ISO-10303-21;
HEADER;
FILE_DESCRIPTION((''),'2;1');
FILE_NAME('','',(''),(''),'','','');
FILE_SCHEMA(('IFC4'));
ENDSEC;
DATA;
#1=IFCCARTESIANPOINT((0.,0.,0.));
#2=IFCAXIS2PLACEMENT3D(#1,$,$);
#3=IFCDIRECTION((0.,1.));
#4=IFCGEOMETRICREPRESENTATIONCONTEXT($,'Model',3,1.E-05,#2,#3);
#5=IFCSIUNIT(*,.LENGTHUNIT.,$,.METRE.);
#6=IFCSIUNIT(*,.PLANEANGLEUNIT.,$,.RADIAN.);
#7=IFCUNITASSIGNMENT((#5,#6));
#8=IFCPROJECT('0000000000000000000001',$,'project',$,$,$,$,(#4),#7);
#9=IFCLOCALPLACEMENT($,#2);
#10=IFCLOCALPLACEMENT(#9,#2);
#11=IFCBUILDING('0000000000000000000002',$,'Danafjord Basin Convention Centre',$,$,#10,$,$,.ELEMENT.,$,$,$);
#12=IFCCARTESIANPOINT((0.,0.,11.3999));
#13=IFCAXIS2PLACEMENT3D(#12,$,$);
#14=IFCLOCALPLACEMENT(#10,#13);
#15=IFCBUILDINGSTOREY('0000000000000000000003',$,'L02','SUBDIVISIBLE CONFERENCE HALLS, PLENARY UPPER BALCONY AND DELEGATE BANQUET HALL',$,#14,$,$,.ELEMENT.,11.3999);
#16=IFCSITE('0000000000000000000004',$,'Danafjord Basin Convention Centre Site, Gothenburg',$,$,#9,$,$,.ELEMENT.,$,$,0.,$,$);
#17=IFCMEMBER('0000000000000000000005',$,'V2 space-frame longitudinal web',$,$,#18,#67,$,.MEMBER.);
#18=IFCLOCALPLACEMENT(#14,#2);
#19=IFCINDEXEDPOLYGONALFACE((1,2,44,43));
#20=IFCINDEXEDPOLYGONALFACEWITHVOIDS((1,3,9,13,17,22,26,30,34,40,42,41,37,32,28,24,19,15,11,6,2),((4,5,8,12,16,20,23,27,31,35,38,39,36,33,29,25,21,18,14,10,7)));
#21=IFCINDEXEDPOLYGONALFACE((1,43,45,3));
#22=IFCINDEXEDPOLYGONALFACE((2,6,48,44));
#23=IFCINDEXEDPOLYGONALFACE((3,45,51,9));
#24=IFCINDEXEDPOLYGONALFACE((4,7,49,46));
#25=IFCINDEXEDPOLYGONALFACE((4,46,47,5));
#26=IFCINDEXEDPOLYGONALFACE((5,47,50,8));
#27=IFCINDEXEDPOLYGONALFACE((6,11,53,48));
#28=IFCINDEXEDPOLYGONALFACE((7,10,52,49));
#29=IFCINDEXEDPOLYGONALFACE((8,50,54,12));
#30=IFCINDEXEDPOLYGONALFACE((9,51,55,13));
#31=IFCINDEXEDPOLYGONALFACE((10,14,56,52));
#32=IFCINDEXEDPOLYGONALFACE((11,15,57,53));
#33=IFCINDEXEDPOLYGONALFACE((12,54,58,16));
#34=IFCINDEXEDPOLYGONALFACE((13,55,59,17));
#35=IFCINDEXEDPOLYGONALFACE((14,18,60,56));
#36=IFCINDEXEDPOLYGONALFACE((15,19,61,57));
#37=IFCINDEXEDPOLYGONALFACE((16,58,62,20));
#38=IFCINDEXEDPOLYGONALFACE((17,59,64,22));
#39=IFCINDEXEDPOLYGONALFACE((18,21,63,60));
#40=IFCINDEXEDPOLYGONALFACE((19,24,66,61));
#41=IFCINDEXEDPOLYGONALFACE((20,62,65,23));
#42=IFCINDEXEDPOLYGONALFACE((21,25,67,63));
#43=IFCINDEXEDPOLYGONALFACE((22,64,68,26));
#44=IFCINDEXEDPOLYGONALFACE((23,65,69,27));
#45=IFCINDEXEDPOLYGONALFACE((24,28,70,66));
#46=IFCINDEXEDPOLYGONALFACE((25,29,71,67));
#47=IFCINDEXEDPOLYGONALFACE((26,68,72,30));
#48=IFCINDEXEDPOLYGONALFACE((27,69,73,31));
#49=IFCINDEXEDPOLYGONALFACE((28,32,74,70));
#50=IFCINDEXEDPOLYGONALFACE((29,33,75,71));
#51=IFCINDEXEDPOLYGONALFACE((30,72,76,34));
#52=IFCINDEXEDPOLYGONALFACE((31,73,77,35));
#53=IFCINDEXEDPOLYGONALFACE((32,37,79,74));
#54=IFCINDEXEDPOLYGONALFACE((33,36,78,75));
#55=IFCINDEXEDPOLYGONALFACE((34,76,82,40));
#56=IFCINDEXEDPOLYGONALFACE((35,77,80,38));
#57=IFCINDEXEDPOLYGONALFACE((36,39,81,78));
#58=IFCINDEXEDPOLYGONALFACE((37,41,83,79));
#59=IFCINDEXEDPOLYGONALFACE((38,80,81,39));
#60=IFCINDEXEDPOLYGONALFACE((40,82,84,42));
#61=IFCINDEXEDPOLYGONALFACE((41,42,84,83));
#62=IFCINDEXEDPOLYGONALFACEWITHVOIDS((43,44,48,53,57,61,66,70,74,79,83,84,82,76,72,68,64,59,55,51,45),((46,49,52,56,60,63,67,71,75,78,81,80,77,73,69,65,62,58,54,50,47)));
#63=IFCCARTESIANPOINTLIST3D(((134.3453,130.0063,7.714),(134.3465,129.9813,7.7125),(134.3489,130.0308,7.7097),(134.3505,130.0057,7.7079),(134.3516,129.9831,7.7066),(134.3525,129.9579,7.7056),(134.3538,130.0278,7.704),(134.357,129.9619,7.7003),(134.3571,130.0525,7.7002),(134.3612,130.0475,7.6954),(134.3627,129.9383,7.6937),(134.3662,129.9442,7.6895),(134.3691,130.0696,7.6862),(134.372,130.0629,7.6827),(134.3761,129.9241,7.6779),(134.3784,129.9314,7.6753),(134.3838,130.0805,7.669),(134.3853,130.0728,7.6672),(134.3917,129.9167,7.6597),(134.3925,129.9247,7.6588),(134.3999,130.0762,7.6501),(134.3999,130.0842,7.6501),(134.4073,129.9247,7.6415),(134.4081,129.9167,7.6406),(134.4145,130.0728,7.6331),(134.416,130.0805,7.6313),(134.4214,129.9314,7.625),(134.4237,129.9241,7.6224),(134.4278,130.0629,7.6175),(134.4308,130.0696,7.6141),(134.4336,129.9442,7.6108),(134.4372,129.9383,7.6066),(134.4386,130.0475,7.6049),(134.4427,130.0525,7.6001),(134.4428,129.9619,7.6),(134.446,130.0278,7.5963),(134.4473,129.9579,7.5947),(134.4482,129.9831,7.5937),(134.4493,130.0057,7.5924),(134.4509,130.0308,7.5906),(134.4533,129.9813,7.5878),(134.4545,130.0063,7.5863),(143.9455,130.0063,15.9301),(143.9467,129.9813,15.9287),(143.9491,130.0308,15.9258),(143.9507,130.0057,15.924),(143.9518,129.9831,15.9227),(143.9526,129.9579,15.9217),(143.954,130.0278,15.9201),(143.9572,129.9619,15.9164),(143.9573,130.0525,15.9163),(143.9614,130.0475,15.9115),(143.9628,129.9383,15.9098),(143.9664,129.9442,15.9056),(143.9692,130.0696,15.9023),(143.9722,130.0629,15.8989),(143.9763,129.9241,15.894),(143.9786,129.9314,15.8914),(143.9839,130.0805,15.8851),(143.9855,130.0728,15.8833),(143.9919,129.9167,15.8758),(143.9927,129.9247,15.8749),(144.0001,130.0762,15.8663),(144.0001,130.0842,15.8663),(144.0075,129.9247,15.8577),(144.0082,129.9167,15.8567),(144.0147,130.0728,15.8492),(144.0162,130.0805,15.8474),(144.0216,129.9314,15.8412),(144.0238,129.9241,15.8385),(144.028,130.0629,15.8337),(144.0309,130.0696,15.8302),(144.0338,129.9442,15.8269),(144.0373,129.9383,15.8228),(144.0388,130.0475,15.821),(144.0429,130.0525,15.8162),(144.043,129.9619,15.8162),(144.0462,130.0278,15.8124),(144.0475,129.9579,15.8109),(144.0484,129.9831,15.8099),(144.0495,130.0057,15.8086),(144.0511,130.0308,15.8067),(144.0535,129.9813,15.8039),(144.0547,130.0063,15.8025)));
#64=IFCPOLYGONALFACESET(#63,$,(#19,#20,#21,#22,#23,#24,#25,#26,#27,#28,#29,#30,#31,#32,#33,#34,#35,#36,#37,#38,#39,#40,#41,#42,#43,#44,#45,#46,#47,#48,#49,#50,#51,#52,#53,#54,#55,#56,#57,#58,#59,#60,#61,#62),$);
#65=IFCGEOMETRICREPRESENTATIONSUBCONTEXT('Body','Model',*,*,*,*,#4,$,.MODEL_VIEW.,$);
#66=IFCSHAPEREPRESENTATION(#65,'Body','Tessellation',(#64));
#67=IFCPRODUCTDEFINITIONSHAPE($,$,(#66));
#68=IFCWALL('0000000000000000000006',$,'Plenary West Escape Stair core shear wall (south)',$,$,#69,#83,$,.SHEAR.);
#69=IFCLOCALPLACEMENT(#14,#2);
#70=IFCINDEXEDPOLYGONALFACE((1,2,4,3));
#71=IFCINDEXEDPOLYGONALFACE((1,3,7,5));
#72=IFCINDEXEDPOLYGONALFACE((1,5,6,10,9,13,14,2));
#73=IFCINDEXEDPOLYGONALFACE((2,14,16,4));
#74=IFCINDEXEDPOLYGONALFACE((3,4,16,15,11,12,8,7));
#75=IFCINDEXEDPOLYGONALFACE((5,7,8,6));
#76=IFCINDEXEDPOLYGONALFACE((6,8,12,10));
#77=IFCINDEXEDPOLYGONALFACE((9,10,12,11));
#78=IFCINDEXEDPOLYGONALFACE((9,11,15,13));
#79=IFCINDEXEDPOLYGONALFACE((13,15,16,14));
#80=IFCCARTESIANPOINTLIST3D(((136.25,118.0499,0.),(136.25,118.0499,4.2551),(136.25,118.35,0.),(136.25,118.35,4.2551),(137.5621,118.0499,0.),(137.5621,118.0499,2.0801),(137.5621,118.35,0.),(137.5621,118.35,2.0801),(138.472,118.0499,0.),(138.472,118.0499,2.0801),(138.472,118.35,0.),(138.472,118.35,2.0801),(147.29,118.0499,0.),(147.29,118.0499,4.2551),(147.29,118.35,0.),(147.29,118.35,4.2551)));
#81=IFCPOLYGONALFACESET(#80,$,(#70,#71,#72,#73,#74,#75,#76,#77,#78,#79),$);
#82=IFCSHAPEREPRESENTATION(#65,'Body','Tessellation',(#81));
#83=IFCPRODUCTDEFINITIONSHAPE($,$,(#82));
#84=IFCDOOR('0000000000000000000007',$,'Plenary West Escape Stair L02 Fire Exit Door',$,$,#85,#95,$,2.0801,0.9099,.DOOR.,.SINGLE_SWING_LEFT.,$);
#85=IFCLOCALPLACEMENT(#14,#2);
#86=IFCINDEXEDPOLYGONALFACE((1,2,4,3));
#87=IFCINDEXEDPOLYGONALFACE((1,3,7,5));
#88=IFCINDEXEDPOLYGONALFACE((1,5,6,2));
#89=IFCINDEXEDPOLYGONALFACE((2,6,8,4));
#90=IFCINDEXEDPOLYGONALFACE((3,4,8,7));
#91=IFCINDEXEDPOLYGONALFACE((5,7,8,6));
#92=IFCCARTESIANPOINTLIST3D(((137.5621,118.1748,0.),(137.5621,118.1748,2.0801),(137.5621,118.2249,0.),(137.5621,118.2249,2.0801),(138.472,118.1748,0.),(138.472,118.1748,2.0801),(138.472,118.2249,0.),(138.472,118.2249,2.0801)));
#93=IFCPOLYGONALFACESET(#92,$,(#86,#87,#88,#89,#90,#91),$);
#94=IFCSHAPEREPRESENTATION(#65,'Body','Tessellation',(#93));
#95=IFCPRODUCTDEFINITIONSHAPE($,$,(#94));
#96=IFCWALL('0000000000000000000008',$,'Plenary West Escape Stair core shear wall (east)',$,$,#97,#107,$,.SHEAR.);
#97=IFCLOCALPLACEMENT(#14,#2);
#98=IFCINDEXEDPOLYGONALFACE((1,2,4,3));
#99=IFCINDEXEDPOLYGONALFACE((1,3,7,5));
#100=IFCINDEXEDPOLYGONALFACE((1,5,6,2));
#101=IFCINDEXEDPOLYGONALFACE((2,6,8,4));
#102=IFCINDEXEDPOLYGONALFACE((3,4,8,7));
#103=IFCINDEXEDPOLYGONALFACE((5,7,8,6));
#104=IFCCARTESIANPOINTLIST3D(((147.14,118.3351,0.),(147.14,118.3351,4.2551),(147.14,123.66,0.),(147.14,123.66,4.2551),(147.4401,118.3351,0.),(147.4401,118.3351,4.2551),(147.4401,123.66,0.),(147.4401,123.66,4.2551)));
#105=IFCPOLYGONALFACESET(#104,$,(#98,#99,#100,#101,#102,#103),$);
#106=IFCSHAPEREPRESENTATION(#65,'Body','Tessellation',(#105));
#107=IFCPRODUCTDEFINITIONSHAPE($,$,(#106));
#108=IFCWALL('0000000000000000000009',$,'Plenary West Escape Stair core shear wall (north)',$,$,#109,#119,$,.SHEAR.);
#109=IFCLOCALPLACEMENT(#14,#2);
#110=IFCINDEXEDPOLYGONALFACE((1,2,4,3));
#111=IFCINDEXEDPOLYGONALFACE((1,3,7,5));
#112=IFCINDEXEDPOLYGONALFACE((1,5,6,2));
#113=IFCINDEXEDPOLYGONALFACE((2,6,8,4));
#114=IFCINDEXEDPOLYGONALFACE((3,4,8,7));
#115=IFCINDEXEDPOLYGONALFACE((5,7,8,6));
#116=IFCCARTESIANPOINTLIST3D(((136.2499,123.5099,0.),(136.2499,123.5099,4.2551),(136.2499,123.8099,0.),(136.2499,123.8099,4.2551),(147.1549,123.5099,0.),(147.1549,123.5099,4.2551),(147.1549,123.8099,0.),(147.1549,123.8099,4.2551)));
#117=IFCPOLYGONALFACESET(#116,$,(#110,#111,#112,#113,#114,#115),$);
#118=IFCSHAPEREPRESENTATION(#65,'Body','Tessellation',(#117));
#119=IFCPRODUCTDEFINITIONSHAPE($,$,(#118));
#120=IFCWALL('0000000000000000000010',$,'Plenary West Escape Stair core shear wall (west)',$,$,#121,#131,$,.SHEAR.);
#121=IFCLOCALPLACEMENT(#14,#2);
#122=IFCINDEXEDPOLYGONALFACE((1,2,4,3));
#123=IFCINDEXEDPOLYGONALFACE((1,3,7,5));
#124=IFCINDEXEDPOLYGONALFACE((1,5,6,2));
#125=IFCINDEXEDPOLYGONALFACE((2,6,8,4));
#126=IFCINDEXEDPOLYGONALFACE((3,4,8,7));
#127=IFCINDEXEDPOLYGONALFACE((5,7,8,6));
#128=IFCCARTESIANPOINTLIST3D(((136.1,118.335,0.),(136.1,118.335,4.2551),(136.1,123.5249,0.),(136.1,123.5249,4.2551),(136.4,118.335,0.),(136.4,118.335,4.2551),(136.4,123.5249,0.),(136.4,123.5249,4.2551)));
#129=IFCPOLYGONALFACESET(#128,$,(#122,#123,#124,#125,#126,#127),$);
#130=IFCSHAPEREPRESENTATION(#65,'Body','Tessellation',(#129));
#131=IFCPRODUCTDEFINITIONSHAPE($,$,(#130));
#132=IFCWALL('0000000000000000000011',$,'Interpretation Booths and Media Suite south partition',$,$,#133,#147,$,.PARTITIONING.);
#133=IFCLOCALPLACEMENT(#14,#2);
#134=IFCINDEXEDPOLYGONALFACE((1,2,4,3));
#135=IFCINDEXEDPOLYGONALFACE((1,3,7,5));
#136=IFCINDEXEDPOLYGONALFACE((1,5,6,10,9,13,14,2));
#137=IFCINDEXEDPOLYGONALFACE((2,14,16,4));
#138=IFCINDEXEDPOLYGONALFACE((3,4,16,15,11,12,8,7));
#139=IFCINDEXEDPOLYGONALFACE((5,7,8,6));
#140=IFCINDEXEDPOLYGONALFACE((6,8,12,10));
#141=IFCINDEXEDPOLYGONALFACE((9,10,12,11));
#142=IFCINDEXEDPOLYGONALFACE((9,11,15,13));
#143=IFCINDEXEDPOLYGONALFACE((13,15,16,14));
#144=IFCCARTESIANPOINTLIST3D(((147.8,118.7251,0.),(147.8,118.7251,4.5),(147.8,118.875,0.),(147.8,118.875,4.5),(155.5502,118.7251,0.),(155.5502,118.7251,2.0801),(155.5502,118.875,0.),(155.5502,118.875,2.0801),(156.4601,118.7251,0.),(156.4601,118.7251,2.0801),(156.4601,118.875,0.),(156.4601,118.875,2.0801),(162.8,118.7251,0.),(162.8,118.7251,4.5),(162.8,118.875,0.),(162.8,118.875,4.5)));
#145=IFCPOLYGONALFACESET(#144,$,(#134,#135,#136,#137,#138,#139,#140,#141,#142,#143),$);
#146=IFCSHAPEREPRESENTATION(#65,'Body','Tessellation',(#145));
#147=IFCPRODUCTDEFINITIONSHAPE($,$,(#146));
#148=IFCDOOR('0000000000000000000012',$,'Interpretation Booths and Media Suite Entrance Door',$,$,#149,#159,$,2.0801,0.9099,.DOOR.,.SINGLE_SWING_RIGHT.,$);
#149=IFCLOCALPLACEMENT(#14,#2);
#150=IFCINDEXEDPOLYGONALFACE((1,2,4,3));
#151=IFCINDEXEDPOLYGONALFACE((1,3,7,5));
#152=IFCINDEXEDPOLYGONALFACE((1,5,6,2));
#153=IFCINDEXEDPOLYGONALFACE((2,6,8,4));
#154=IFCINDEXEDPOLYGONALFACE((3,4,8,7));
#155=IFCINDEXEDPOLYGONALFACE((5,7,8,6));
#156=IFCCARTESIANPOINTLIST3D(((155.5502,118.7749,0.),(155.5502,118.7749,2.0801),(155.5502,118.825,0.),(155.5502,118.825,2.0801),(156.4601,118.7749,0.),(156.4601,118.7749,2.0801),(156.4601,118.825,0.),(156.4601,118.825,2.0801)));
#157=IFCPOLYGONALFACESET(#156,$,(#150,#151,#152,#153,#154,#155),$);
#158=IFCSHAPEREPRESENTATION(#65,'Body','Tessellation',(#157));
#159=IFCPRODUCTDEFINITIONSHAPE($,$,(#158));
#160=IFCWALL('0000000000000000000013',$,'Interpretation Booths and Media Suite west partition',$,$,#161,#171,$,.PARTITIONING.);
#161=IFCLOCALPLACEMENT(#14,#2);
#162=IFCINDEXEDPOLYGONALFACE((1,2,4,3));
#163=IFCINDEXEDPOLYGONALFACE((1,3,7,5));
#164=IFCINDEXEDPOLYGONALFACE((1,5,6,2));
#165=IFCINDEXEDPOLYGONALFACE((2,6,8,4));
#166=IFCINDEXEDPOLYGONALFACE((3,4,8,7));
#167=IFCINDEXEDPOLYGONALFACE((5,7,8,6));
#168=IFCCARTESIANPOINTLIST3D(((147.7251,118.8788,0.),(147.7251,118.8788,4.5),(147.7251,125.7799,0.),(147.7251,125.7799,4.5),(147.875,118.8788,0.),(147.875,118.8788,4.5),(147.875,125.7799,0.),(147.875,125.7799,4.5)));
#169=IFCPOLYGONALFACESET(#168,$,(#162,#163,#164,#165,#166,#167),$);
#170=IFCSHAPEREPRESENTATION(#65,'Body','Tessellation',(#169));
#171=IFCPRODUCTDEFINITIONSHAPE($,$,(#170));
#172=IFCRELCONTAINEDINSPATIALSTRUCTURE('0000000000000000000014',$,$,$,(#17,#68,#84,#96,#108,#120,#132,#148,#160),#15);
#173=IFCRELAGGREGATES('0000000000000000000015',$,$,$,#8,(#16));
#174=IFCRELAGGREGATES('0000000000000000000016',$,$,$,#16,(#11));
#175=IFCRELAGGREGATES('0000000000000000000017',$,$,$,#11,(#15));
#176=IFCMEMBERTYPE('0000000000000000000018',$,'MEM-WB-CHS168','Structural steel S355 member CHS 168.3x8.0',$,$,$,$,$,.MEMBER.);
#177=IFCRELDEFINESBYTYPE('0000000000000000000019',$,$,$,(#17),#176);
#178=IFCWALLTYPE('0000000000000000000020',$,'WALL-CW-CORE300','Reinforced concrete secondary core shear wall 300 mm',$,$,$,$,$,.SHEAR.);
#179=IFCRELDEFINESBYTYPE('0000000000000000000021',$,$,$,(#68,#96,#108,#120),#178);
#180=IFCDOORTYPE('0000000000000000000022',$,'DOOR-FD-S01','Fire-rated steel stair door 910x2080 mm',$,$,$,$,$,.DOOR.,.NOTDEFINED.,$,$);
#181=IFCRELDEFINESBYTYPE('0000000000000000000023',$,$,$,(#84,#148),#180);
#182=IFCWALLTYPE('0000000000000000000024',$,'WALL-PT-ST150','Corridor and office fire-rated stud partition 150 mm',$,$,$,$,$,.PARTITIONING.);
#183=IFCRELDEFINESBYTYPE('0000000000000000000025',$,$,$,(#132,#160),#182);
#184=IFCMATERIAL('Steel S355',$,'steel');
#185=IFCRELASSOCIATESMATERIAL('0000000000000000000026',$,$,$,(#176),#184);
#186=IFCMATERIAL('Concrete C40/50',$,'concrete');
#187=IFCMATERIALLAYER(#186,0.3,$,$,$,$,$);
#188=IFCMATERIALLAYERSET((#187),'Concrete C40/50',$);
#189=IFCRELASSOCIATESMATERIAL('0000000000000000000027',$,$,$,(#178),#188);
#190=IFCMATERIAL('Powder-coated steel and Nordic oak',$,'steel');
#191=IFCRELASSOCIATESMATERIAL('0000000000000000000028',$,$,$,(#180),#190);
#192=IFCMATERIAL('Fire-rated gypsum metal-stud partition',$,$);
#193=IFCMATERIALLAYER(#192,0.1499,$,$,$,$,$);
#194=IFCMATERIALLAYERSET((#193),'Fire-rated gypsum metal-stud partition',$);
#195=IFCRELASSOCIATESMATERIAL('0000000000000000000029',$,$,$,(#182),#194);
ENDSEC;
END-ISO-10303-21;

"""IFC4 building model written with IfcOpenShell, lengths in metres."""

from ifc_helpers import new_model, si_unit, direction, frame, frame_2d, origin, origin_2d, place, context, subcontext, project, spatial, rectangle, hollow_circle, extrude, material, layer, layer_set, material_profile, profile_set, type_object, element, fill, save


model = new_model("IFC4")

# Units and contexts
model_context = context("Model", 3, precision=1e-05, world=origin(), true_north=direction((0.0, 1.0)))
body_context = subcontext(model_context, "Body", "Model", "MODEL_VIEW")
ifc_project = project(units=[si_unit("LENGTHUNIT", "METRE"), si_unit("PLANEANGLEUNIT", "RADIAN")], contexts=[model_context])

# Site, building, storey
site_placement = place(None, origin())
site = spatial("IfcSite", under=ifc_project, at=site_placement, Name="Danafjord Basin Convention Centre Site, Gothenburg", CompositionType="ELEMENT", RefElevation=0.0)
building_placement = place(site_placement, origin())
building = spatial("IfcBuilding", under=site, at=building_placement, Name="Danafjord Basin Convention Centre", CompositionType="ELEMENT")
storey_placement = place(building_placement, frame((0.0, 0.0, 11.3999)))
storey = spatial("IfcBuildingStorey", under=building, at=storey_placement, Name="L02", Description="SUBDIVISIBLE CONFERENCE HALLS, PLENARY UPPER BALCONY AND DELEGATE BANQUET HALL", CompositionType="ELEMENT", Elevation=11.3999)

# Shared definitions
ifc_material_1 = material(Name="Steel S355", Category="steel")

# Member
ifc_material_profile_1 = material_profile(ifc_material_1, hollow_circle(Radius=0.0842, WallThickness=0.0081, at=origin_2d()), Name="CHS 168.3x8.0")
ifc_profile_set_1 = profile_set([ifc_material_profile_1], Name="Steel S355")
member_type_1 = type_object("IfcMemberType", Name="MEM-WB-CHS168", Description="Structural steel S355 member CHS 168.3x8.0", PredefinedType="MEMBER", material=ifc_profile_set_1)
member_1_placement = place(storey_placement, frame((134.3999, 130.0, 7.6501), z_axis=(0.759749, 0.0, 0.650217), x_axis=(0.0, 1.0, 0.0)))
element("IfcMember", 1, at=member_1_placement, inside=storey, type_object=member_type_1, Name="V2 space-frame longitudinal web", PredefinedType="MEMBER", context=body_context, shape_type="SweptSolid", body=[
    extrude(hollow_circle(Radius=0.0842, WallThickness=0.0081, at=origin_2d()), origin(), (0.0, 0.0, 1.0), 12.636),
])

# Wall, opening, door
ifc_material_2 = material(Name="Concrete C40/50", Category="concrete")
ifc_layer_1 = layer(ifc_material_2, 0.3)
ifc_layer_set_1 = layer_set([ifc_layer_1], Name="Concrete C40/50")
wall_type_1 = type_object("IfcWallType", Name="WALL-CW-CORE300", Description="Reinforced concrete secondary core shear wall 300 mm", PredefinedType="SHEAR", material=ifc_layer_set_1)
wall_1_placement = place(storey_placement, frame((136.25, 118.2, 0.0), z_axis=(0.0, 0.0, 1.0), x_axis=(1.0, 0.0, 0.0)))
wall_1 = element("IfcWall", 2, at=wall_1_placement, inside=storey, type_object=wall_type_1, Name="Plenary West Escape Stair core shear wall (south)", PredefinedType="SHEAR", context=body_context, shape_type="SweptSolid", body=[
    extrude(rectangle(XDim=11.04, YDim=0.3, at=frame_2d((5.52, 0.0))), origin(), (0.0, 0.0, 1.0), 4.2551),
])
opening_1_placement = place(wall_1_placement, frame((1.312, 0.0, 0.0)))
opening_1 = element("IfcOpeningElement", 3, at=opening_1_placement, cuts=wall_1, PredefinedType="OPENING", context=body_context, shape_type="SweptSolid", body=[
    extrude(rectangle(XDim=0.9099, YDim=2.0801, at=frame_2d((0.4551, 1.04))), frame((0.0, 0.1599, 0.0), z_axis=(0.0, -1.0, 0.0), x_axis=(1.0, 0.0, 0.0)), (0.0, 0.0, 1.0), 0.3201),
])
ifc_material_3 = material(Name="Powder-coated steel and Nordic oak", Category="steel")
door_type = type_object("IfcDoorType", Name="DOOR-FD-S01", Description="Fire-rated steel stair door 910x2080 mm", OperationType="NOTDEFINED", PredefinedType="DOOR", material=ifc_material_3)
door_1_placement = place(opening_1_placement, origin())
door_1 = element("IfcDoor", 4, at=door_1_placement, inside=storey, type_object=door_type, Name="Plenary West Escape Stair L02 Fire Exit Door", OperationType="SINGLE_SWING_LEFT", OverallHeight=2.0801, OverallWidth=0.9099, PredefinedType="DOOR", context=body_context, shape_type="SweptSolid", body=[
    extrude(rectangle(XDim=0.9099, YDim=2.0801, at=frame_2d((0.4551, 1.04))), frame((0.0, 0.0249, 0.0), z_axis=(0.0, -1.0, 0.0), x_axis=(1.0, 0.0, 0.0)), (0.0, 0.0, 1.0), 0.05),
])
fill(opening_1, door_1)

# Walls
wall_2_placement = place(storey_placement, frame((147.29, 118.335, 0.0), z_axis=(0.0, 0.0, 1.0), x_axis=(0.0, 1.0, 0.0)))
element("IfcWall", 5, at=wall_2_placement, inside=storey, type_object=wall_type_1, Name="Plenary West Escape Stair core shear wall (east)", PredefinedType="SHEAR", context=body_context, shape_type="SweptSolid", body=[
    extrude(rectangle(XDim=5.325, YDim=0.3, at=frame_2d((2.6626, 0.0))), origin(), (0.0, 0.0, 1.0), 4.2551),
])
wall_3_placement = place(storey_placement, frame((147.155, 123.6599, 0.0), z_axis=(0.0, 0.0, 1.0), x_axis=(-1.0, 0.0, 0.0)))
element("IfcWall", 6, at=wall_3_placement, inside=storey, type_object=wall_type_1, Name="Plenary West Escape Stair core shear wall (north)", PredefinedType="SHEAR", context=body_context, shape_type="SweptSolid", body=[
    extrude(rectangle(XDim=10.905, YDim=0.3, at=frame_2d((5.4526, 0.0))), origin(), (0.0, 0.0, 1.0), 4.2551),
])
wall_4_placement = place(storey_placement, frame((136.25, 123.5249, 0.0), z_axis=(0.0, 0.0, 1.0), x_axis=(0.0, -1.0, 0.0)))
element("IfcWall", 7, at=wall_4_placement, inside=storey, type_object=wall_type_1, Name="Plenary West Escape Stair core shear wall (west)", PredefinedType="SHEAR", context=body_context, shape_type="SweptSolid", body=[
    extrude(rectangle(XDim=5.1899, YDim=0.3, at=frame_2d((2.595, 0.0))), origin(), (0.0, 0.0, 1.0), 4.2551),
])

# Wall, opening, door
ifc_material_4 = material(Name="Fire-rated gypsum metal-stud partition")
ifc_layer_2 = layer(ifc_material_4, 0.1499)
ifc_layer_set_2 = layer_set([ifc_layer_2], Name="Fire-rated gypsum metal-stud partition")
wall_type_2 = type_object("IfcWallType", Name="WALL-PT-ST150", Description="Corridor and office fire-rated stud partition 150 mm", PredefinedType="PARTITIONING", material=ifc_layer_set_2)
wall_5_placement = place(storey_placement, frame((147.8, 118.8, 0.0), z_axis=(0.0, 0.0, 1.0), x_axis=(1.0, 0.0, 0.0)))
wall_5 = element("IfcWall", 8, at=wall_5_placement, inside=storey, type_object=wall_type_2, Name="Interpretation Booths and Media Suite south partition", PredefinedType="PARTITIONING", context=body_context, shape_type="SweptSolid", body=[
    extrude(rectangle(XDim=15.0, YDim=0.1499, at=frame_2d((7.5, 0.0))), origin(), (0.0, 0.0, 1.0), 4.5),
])
opening_2_placement = place(wall_5_placement, frame((7.75, 0.0, 0.0)))
opening_2 = element("IfcOpeningElement", 9, at=opening_2_placement, cuts=wall_5, PredefinedType="OPENING", context=body_context, shape_type="SweptSolid", body=[
    extrude(rectangle(XDim=0.9099, YDim=2.0801, at=frame_2d((0.4551, 1.04))), frame((0.0, 0.085, 0.0), z_axis=(0.0, -1.0, 0.0), x_axis=(1.0, 0.0, 0.0)), (0.0, 0.0, 1.0), 0.1699),
])
door_2_placement = place(opening_2_placement, origin())
door_2 = element("IfcDoor", 10, at=door_2_placement, inside=storey, type_object=door_type, Name="Interpretation Booths and Media Suite Entrance Door", OperationType="SINGLE_SWING_RIGHT", OverallHeight=2.0801, OverallWidth=0.9099, PredefinedType="DOOR", context=body_context, shape_type="SweptSolid", body=[
    extrude(rectangle(XDim=0.9099, YDim=2.0801, at=frame_2d((0.4551, 1.04))), frame((0.0, 0.0249, 0.0), z_axis=(0.0, -1.0, 0.0), x_axis=(1.0, 0.0, 0.0)), (0.0, 0.0, 1.0), 0.05),
])
fill(opening_2, door_2)

# Wall
wall_6_placement = place(storey_placement, frame((147.8, 125.78, 0.0), z_axis=(0.0, 0.0, 1.0), x_axis=(0.0, -1.0, 0.0)))
element("IfcWall", 11, at=wall_6_placement, inside=storey, type_object=wall_type_2, Name="Interpretation Booths and Media Suite west partition", PredefinedType="PARTITIONING", context=body_context, shape_type="SweptSolid", body=[
    extrude(rectangle(XDim=6.9011, YDim=0.1499, at=frame_2d((3.4507, 0.0))), origin(), (0.0, 0.0, 1.0), 4.5),
])

save(model, "model.ifc")
